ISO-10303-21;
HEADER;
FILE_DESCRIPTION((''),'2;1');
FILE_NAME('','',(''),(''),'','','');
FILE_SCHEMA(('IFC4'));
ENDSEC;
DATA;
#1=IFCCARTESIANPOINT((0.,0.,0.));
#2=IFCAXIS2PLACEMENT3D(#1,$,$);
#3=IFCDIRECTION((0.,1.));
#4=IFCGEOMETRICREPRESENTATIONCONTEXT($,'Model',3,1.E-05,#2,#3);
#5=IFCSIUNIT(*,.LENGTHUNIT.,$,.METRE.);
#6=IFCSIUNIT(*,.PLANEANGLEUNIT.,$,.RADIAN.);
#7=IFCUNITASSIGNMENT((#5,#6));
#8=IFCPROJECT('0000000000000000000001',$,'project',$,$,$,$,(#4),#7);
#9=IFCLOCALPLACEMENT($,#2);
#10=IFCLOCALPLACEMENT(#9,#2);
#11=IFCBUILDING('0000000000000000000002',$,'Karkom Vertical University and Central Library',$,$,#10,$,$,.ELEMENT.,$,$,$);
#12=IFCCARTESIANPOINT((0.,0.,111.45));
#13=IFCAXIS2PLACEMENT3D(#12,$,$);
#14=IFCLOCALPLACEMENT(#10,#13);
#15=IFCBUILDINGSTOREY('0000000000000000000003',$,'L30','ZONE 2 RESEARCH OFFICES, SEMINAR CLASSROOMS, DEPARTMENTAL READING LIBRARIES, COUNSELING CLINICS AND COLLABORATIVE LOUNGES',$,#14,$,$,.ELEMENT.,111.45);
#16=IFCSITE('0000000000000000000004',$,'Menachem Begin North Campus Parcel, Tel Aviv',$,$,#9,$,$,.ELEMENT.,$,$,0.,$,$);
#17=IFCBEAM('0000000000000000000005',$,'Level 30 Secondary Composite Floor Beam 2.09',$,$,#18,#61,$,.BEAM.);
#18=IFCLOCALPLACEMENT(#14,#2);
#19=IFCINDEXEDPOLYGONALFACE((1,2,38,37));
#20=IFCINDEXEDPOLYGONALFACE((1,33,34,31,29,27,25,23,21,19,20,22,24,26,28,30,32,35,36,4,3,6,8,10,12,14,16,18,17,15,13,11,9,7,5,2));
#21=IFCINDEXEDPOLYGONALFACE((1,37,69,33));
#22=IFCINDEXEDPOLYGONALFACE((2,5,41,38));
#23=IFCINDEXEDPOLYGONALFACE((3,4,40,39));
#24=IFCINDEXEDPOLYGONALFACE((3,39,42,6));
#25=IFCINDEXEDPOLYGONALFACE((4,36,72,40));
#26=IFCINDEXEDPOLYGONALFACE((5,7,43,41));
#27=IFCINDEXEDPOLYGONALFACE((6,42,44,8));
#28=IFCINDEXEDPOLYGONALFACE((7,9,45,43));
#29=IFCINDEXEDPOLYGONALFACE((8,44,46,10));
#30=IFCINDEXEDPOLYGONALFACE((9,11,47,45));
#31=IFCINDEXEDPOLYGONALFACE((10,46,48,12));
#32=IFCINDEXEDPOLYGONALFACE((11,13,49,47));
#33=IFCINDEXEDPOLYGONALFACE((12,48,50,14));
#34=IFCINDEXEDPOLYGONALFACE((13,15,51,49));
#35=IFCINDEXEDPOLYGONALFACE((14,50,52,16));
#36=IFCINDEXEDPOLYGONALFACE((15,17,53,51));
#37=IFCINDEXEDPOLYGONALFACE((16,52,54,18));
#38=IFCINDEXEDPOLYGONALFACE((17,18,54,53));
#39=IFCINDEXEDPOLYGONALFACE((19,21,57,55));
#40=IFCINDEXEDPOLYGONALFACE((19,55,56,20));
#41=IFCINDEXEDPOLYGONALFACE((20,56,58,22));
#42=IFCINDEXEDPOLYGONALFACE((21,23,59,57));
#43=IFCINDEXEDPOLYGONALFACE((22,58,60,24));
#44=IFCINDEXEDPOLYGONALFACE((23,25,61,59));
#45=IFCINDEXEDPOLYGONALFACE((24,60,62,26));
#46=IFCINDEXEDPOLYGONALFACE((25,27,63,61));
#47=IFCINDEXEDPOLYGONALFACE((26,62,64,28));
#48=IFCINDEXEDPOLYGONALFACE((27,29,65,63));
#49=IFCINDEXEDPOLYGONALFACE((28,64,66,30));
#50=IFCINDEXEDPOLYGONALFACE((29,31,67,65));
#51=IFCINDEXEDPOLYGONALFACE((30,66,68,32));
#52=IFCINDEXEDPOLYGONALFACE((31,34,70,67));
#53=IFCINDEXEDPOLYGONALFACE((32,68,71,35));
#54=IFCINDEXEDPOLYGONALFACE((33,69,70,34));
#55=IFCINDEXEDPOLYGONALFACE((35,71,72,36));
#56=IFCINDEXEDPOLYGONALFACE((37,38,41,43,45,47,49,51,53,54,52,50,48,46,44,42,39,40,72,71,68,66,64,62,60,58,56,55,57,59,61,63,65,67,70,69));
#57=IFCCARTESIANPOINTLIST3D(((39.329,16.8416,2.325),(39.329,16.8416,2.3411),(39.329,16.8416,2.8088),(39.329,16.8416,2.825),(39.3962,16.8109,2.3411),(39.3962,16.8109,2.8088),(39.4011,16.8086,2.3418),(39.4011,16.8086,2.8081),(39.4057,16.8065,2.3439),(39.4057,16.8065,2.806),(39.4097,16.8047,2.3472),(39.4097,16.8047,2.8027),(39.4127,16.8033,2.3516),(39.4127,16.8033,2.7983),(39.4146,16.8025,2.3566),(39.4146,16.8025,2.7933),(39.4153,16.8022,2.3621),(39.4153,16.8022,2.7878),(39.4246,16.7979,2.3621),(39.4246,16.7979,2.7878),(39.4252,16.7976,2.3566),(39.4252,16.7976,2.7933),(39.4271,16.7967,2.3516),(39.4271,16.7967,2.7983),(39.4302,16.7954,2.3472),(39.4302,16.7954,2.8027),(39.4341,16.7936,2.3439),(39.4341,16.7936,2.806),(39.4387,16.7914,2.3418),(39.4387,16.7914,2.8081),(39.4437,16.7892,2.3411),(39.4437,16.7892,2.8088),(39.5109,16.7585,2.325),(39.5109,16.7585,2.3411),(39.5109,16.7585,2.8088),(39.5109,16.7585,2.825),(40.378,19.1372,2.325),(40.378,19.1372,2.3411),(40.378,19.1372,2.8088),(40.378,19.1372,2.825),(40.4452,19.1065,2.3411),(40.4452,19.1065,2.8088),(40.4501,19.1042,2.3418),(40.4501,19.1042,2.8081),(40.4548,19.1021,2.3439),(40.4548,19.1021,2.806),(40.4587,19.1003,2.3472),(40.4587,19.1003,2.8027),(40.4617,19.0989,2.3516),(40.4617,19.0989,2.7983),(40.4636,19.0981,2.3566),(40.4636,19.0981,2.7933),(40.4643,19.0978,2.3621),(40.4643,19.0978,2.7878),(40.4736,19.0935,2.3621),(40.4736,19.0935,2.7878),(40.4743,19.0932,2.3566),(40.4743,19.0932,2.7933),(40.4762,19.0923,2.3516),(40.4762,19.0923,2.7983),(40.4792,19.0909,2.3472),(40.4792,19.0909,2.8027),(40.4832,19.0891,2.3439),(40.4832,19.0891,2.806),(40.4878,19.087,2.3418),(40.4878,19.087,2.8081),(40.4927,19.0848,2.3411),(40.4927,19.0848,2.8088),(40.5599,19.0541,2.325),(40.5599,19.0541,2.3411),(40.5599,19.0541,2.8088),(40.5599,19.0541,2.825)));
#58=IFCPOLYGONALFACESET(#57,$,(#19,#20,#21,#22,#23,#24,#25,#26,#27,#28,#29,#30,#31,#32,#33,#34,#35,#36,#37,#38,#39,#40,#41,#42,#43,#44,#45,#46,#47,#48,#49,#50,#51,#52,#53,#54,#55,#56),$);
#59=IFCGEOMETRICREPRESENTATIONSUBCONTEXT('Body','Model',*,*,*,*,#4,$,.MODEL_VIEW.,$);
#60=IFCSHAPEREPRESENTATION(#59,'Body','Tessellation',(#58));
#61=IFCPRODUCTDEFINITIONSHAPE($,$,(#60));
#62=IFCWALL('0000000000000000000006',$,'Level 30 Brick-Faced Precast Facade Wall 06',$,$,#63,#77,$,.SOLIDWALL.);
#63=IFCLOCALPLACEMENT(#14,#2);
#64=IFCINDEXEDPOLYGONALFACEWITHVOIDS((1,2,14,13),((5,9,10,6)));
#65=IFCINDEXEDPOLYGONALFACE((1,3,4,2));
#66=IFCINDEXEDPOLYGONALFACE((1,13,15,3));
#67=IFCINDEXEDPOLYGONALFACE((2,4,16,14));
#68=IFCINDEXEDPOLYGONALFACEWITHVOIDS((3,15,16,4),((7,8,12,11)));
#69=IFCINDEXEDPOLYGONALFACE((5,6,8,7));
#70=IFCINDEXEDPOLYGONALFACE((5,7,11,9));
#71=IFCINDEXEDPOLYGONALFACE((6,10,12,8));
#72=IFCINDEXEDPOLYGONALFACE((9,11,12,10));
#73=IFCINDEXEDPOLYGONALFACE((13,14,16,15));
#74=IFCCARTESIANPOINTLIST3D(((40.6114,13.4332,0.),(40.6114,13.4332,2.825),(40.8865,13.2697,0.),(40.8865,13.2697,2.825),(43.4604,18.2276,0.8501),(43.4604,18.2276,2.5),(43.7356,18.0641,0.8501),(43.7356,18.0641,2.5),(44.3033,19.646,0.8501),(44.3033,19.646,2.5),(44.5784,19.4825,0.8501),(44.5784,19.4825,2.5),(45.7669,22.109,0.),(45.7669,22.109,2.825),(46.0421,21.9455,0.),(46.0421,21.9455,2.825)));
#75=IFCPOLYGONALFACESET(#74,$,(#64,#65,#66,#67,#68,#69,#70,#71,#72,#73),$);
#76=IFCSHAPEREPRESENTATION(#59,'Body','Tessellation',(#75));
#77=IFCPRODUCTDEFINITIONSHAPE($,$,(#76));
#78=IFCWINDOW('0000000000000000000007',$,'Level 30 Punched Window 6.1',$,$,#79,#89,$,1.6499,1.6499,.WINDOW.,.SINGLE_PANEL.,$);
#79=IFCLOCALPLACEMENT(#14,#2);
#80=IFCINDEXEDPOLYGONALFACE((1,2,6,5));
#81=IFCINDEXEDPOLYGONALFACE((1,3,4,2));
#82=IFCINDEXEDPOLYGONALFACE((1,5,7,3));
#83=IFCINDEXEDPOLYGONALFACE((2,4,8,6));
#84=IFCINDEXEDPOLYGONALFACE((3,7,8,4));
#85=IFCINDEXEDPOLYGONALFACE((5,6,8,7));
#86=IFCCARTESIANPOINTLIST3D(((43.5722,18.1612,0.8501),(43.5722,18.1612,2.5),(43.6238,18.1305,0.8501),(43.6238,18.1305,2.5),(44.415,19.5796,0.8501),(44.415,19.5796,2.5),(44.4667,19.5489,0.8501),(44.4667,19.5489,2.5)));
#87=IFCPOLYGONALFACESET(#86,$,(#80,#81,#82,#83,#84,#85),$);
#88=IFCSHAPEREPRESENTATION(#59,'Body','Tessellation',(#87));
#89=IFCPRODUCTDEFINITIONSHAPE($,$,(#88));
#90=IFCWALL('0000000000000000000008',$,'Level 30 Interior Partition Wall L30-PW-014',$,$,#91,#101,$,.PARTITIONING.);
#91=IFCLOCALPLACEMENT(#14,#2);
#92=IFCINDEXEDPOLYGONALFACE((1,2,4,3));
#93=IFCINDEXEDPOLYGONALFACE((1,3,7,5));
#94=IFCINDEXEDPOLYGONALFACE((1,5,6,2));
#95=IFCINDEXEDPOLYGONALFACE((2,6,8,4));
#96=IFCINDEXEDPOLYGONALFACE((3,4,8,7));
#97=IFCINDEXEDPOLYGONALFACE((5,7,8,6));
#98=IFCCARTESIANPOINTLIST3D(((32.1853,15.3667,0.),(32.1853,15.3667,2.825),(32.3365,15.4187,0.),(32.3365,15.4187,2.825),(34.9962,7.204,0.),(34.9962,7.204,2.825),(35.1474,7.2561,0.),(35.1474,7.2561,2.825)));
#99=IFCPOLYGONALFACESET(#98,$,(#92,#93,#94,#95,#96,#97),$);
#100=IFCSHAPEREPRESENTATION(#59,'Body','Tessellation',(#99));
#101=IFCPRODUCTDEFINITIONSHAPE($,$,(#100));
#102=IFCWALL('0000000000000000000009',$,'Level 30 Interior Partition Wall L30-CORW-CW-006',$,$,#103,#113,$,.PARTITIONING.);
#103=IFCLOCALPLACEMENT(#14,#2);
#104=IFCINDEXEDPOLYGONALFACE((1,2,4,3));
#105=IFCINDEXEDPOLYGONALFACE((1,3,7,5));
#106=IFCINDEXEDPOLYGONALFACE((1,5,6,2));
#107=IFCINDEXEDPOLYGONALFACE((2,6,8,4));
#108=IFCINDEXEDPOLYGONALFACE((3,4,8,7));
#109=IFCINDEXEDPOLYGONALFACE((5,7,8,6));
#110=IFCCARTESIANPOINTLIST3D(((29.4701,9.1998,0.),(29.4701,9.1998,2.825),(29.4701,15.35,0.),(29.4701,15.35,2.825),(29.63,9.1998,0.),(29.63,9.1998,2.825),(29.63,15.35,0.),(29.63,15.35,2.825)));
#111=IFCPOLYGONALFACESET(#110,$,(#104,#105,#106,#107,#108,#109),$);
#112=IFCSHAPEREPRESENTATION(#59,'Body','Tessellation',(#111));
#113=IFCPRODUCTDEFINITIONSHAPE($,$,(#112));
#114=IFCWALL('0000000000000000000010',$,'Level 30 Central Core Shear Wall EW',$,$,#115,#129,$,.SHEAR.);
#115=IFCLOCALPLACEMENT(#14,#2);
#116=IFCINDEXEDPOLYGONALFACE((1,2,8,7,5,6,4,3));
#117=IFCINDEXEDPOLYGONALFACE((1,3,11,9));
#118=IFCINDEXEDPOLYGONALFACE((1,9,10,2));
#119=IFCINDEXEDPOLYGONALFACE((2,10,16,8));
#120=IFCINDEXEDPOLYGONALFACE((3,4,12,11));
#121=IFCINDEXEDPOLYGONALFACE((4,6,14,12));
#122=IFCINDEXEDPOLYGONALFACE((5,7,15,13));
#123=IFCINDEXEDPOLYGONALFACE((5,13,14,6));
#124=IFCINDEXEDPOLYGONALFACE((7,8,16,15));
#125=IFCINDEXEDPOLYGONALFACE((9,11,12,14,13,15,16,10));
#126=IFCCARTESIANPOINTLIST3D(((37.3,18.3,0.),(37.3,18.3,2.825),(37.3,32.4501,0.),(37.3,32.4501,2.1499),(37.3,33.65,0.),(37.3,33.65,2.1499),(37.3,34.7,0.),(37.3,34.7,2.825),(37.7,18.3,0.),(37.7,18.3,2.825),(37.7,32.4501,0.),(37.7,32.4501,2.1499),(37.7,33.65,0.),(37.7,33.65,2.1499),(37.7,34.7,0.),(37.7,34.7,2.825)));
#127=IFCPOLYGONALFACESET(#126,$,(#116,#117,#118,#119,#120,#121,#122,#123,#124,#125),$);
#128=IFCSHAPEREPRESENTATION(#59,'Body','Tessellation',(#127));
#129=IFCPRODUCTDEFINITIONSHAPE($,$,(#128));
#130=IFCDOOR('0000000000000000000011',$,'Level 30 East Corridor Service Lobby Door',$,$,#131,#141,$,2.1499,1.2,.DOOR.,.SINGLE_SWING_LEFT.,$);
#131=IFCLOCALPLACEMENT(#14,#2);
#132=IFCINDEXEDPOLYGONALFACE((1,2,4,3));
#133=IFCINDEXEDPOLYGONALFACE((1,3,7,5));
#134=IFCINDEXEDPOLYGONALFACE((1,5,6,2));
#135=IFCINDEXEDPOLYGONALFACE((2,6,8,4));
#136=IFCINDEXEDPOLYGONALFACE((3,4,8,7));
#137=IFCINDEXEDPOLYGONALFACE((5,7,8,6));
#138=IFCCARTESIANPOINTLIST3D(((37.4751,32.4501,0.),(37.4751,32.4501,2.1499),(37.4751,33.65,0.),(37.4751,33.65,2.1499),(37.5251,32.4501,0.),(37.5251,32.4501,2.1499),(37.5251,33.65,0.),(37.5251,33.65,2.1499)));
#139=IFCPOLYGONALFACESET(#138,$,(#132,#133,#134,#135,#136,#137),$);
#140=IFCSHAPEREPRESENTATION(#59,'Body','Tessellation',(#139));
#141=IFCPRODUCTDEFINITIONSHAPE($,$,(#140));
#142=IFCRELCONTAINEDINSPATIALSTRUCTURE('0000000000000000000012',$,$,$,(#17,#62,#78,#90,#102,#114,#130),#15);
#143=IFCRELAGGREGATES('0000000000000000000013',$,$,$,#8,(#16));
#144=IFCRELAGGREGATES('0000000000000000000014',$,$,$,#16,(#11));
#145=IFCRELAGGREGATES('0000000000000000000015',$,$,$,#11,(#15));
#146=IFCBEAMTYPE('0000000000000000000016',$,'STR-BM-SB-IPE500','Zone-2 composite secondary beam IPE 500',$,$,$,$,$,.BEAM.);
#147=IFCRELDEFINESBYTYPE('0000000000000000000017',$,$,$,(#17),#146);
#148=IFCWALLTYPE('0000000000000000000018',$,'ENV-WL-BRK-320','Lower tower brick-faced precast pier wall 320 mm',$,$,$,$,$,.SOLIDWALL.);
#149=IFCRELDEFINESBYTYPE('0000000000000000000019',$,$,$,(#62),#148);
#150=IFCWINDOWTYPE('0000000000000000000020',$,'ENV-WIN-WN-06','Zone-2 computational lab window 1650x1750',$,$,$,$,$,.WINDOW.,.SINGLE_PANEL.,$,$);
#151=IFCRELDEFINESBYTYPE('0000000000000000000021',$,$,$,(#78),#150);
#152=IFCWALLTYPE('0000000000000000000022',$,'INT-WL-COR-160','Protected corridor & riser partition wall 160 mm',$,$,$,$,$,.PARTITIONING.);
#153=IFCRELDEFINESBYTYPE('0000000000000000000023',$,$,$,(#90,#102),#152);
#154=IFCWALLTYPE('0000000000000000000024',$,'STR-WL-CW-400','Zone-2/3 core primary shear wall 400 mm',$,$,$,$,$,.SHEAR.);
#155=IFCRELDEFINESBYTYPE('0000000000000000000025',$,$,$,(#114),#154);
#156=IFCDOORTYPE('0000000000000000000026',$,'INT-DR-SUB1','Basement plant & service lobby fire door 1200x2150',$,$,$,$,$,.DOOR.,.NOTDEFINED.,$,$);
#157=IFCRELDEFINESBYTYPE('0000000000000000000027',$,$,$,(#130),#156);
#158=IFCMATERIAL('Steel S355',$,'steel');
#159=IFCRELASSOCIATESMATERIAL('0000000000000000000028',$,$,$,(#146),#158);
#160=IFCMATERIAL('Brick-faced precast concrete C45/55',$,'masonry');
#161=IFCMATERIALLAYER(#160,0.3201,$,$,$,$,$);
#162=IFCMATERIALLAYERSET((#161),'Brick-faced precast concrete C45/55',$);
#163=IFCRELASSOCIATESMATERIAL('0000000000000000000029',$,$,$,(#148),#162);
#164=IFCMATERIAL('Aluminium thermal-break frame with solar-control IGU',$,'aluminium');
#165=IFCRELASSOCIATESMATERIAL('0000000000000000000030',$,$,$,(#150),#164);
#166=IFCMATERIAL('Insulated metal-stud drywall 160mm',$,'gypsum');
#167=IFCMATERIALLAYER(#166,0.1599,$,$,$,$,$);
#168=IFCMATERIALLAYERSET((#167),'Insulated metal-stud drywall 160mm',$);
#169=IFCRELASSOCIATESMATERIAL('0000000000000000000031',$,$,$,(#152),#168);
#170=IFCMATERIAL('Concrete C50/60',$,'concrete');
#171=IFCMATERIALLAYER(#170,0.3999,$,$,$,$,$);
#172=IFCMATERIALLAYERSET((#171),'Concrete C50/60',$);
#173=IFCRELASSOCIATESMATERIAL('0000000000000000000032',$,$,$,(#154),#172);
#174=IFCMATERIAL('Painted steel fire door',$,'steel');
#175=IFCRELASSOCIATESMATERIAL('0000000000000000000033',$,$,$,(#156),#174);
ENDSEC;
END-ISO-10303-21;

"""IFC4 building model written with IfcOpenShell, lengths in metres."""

from ifc_helpers import new_model, si_unit, direction, frame, frame_2d, origin, origin_with_axes, origin_2d, place, context, subcontext, project, spatial, rectangle, i_section, extrude, source, transform, mapped, material, layer, layer_set, material_profile, profile_set, type_object, element, fill, save


model = new_model("IFC4")

# Units and contexts
model_context = context("Model", 3, precision=1e-05, world=origin(), true_north=direction((0.0, 1.0)))
body_context = subcontext(model_context, "Body", "Model", "MODEL_VIEW")
ifc_project = project(units=[si_unit("LENGTHUNIT", "METRE"), si_unit("PLANEANGLEUNIT", "RADIAN")], contexts=[model_context])

# Site, building, storey
site_placement = place(None, origin())
site = spatial("IfcSite", under=ifc_project, at=site_placement, Name="Menachem Begin North Campus Parcel, Tel Aviv", CompositionType="ELEMENT", RefElevation=0.0)
building_placement = place(site_placement, origin())
building = spatial("IfcBuilding", under=site, at=building_placement, Name="Karkom Vertical University and Central Library", CompositionType="ELEMENT")
storey_placement = place(building_placement, frame((0.0, 0.0, 111.45)))
storey = spatial("IfcBuildingStorey", under=building, at=storey_placement, Name="L30", Description="ZONE 2 RESEARCH OFFICES, SEMINAR CLASSROOMS, DEPARTMENTAL READING LIBRARIES, COUNSELING CLINICS AND COLLABORATIVE LOUNGES", CompositionType="ELEMENT", Elevation=111.45)

# Shared definitions
ifc_material_1 = material(Name="Concrete C50/60", Category="concrete")

# Beam
ifc_material_2 = material(Name="Steel S355", Category="steel")
ifc_material_profile_1 = material_profile(ifc_material_2, i_section(OverallWidth=0.2, OverallDepth=0.5, WebThickness=0.0103, FlangeThickness=0.0161, FilletRadius=0.021, at=origin_2d()), Name="IPE 500")
ifc_profile_set_1 = profile_set([ifc_material_profile_1], Name="Steel S355")
beam_type_1 = type_object("IfcBeamType", Name="STR-BM-SB-IPE500", Description="Zone-2 composite secondary beam IPE 500", PredefinedType="BEAM", material=ifc_profile_set_1)
shared_shape_1 = source(origin_with_axes(), body_context, "Body", "SweptSolid", [
    extrude(i_section(OverallWidth=0.2, OverallDepth=0.5, WebThickness=0.0103, FlangeThickness=0.0161, FilletRadius=0.021, at=origin_2d()), origin(), (0.0, 0.0, 1.0), 2.5239),
])
beam_1_placement = place(storey_placement, frame((39.4199, 16.8, 2.575), z_axis=(0.415639, 0.90953, 0.0), x_axis=(-0.90953, 0.415639, 0.0)))
element("IfcBeam", 1, at=beam_1_placement, inside=storey, type_object=beam_type_1, Name="Level 30 Secondary Composite Floor Beam 2.09", PredefinedType="BEAM", context=body_context, shape_type="MappedRepresentation", body=[
    mapped(shared_shape_1, transform((0.0, 0.0, 0.0), scale=1.0)),
])

# Wall, opening, window
ifc_material_3 = material(Name="Brick-faced precast concrete C45/55", Category="masonry")
ifc_layer_1 = layer(ifc_material_3, 0.3201)
ifc_layer_set_1 = layer_set([ifc_layer_1], Name="Brick-faced precast concrete C45/55")
wall_type_1 = type_object("IfcWallType", Name="ENV-WL-BRK-320", Description="Lower tower brick-faced precast pier wall 320 mm", PredefinedType="SOLIDWALL", material=ifc_layer_set_1)
wall_1_placement = place(storey_placement, frame((40.749, 13.3516, 0.0), z_axis=(0.0, 0.0, 1.0), x_axis=(0.510852, 0.859669, 0.0)))
wall_1 = element("IfcWall", 2, at=wall_1_placement, inside=storey, type_object=wall_type_1, Name="Level 30 Brick-Faced Precast Facade Wall 06", PredefinedType="SOLIDWALL", context=body_context, shape_type="SweptSolid", body=[
    extrude(rectangle(XDim=10.092, YDim=0.3201, at=frame_2d((5.0459, 0.0))), origin(), (0.0, 0.0, 1.0), 2.825),
])
opening_1_placement = place(wall_1_placement, frame((5.5769, 0.0, 0.8501)))
opening_1 = element("IfcOpeningElement", 3, at=opening_1_placement, cuts=wall_1, PredefinedType="OPENING", context=body_context, shape_type="SweptSolid", body=[
    extrude(rectangle(XDim=1.6499, YDim=1.6499, at=frame_2d((0.825, 0.825))), frame((0.0, 0.1699, 0.0), z_axis=(0.0, -1.0, 0.0), x_axis=(1.0, 0.0, 0.0)), (0.0, 0.0, 1.0), 0.3401),
])
ifc_material_4 = material(Name="Aluminium thermal-break frame with solar-control IGU", Category="aluminium")
window_type = type_object("IfcWindowType", Name="ENV-WIN-WN-06", Description="Zone-2 computational lab window 1650x1750", PartitioningType="SINGLE_PANEL", PredefinedType="WINDOW", material=ifc_material_4)
shared_shape_2 = source(origin_with_axes(), body_context, "Body", "SweptSolid", [
    extrude(rectangle(XDim=1.6499, YDim=1.6499, at=frame_2d((0.825, 0.825))), frame((0.0, 0.03, 0.0), z_axis=(0.0, -1.0, 0.0), x_axis=(1.0, 0.0, 0.0)), (0.0, 0.0, 1.0), 0.0601),
])
window_placement = place(opening_1_placement, origin())
window = element("IfcWindow", 4, at=window_placement, inside=storey, type_object=window_type, Name="Level 30 Punched Window 6.1", OverallHeight=1.6499, OverallWidth=1.6499, PartitioningType="SINGLE_PANEL", PredefinedType="WINDOW", context=body_context, shape_type="MappedRepresentation", body=[
    mapped(shared_shape_2, transform((0.0, 0.0, 0.0), scale=1.0)),
])
fill(opening_1, window)

# Shared definitions
ifc_material_5 = material(Name="Insulated metal-stud drywall 160mm", Category="gypsum")
ifc_layer_2 = layer(ifc_material_5, 0.1599)
ifc_layer_set_2 = layer_set([ifc_layer_2], Name="Insulated metal-stud drywall 160mm")
wall_type_2 = type_object("IfcWallType", Name="INT-WL-COR-160", Description="Protected corridor & riser partition wall 160 mm", PredefinedType="PARTITIONING", material=ifc_layer_set_2)

# Walls
wall_2_placement = place(storey_placement, frame((32.261, 15.3926, 0.0), z_axis=(0.0, 0.0, 1.0), x_axis=(0.325587, -0.945512, 0.0)))
element("IfcWall", 5, at=wall_2_placement, inside=storey, type_object=wall_type_2, Name="Level 30 Interior Partition Wall L30-PW-014", PredefinedType="PARTITIONING", context=body_context, shape_type="SweptSolid", body=[
    extrude(rectangle(XDim=8.6331, YDim=0.1599, at=frame_2d((4.3164, 0.0))), origin(), (0.0, 0.0, 1.0), 2.825),
])
wall_3_placement = place(storey_placement, frame((29.55, 15.3501, 0.0), z_axis=(0.0, 0.0, 1.0), x_axis=(0.0, -1.0, 0.0)))
element("IfcWall", 6, at=wall_3_placement, inside=storey, type_object=wall_type_2, Name="Level 30 Interior Partition Wall L30-CORW-CW-006", PredefinedType="PARTITIONING", context=body_context, shape_type="SweptSolid", body=[
    extrude(rectangle(XDim=6.1501, YDim=0.1599, at=frame_2d((3.0752, 0.0))), origin(), (0.0, 0.0, 1.0), 2.825),
])

# Wall, opening, door
ifc_layer_3 = layer(ifc_material_1, 0.3999)
ifc_layer_set_3 = layer_set([ifc_layer_3], Name="Concrete C50/60")
wall_type_3 = type_object("IfcWallType", Name="STR-WL-CW-400", Description="Zone-2/3 core primary shear wall 400 mm", PredefinedType="SHEAR", material=ifc_layer_set_3)
wall_4_placement = place(storey_placement, frame((37.5, 18.3, 0.0), z_axis=(0.0, 0.0, 1.0), x_axis=(0.0, 1.0, 0.0)))
wall_4 = element("IfcWall", 7, at=wall_4_placement, inside=storey, type_object=wall_type_3, Name="Level 30 Central Core Shear Wall EW", PredefinedType="SHEAR", context=body_context, shape_type="SweptSolid", body=[
    extrude(rectangle(XDim=16.3999, YDim=0.3999, at=frame_2d((8.2, 0.0))), origin(), (0.0, 0.0, 1.0), 2.825),
])
opening_2_placement = place(wall_4_placement, frame((14.1499, 0.0, 0.0)))
opening_2 = element("IfcOpeningElement", 8, at=opening_2_placement, cuts=wall_4, PredefinedType="OPENING", context=body_context, shape_type="SweptSolid", body=[
    extrude(rectangle(XDim=1.2, YDim=2.1499, at=frame_2d((0.6001, 1.075))), frame((0.0, 0.21, 0.0), z_axis=(0.0, -1.0, 0.0), x_axis=(1.0, 0.0, 0.0)), (0.0, 0.0, 1.0), 0.4199),
])
ifc_material_6 = material(Name="Painted steel fire door", Category="steel")
door_type_1 = type_object("IfcDoorType", Name="INT-DR-SUB1", Description="Basement plant & service lobby fire door 1200x2150", OperationType="NOTDEFINED", PredefinedType="DOOR", material=ifc_material_6)
shared_shape_3 = source(origin_with_axes(), body_context, "Body", "SweptSolid", [
    extrude(rectangle(XDim=1.2, YDim=2.1499, at=frame_2d((0.6001, 1.075))), frame((0.0, 0.0249, 0.0), z_axis=(0.0, -1.0, 0.0), x_axis=(1.0, 0.0, 0.0)), (0.0, 0.0, 1.0), 0.05),
])
door_1_placement = place(opening_2_placement, origin())
door_1 = element("IfcDoor", 9, at=door_1_placement, inside=storey, type_object=door_type_1, Name="Level 30 East Corridor Service Lobby Door", OperationType="SINGLE_SWING_LEFT", OverallHeight=2.1499, OverallWidth=1.2, PredefinedType="DOOR", context=body_context, shape_type="MappedRepresentation", body=[
    mapped(shared_shape_3, transform((0.0, 0.0, 0.0), scale=1.0)),
])
fill(opening_2, door_1)

save(model, "model.ifc")
